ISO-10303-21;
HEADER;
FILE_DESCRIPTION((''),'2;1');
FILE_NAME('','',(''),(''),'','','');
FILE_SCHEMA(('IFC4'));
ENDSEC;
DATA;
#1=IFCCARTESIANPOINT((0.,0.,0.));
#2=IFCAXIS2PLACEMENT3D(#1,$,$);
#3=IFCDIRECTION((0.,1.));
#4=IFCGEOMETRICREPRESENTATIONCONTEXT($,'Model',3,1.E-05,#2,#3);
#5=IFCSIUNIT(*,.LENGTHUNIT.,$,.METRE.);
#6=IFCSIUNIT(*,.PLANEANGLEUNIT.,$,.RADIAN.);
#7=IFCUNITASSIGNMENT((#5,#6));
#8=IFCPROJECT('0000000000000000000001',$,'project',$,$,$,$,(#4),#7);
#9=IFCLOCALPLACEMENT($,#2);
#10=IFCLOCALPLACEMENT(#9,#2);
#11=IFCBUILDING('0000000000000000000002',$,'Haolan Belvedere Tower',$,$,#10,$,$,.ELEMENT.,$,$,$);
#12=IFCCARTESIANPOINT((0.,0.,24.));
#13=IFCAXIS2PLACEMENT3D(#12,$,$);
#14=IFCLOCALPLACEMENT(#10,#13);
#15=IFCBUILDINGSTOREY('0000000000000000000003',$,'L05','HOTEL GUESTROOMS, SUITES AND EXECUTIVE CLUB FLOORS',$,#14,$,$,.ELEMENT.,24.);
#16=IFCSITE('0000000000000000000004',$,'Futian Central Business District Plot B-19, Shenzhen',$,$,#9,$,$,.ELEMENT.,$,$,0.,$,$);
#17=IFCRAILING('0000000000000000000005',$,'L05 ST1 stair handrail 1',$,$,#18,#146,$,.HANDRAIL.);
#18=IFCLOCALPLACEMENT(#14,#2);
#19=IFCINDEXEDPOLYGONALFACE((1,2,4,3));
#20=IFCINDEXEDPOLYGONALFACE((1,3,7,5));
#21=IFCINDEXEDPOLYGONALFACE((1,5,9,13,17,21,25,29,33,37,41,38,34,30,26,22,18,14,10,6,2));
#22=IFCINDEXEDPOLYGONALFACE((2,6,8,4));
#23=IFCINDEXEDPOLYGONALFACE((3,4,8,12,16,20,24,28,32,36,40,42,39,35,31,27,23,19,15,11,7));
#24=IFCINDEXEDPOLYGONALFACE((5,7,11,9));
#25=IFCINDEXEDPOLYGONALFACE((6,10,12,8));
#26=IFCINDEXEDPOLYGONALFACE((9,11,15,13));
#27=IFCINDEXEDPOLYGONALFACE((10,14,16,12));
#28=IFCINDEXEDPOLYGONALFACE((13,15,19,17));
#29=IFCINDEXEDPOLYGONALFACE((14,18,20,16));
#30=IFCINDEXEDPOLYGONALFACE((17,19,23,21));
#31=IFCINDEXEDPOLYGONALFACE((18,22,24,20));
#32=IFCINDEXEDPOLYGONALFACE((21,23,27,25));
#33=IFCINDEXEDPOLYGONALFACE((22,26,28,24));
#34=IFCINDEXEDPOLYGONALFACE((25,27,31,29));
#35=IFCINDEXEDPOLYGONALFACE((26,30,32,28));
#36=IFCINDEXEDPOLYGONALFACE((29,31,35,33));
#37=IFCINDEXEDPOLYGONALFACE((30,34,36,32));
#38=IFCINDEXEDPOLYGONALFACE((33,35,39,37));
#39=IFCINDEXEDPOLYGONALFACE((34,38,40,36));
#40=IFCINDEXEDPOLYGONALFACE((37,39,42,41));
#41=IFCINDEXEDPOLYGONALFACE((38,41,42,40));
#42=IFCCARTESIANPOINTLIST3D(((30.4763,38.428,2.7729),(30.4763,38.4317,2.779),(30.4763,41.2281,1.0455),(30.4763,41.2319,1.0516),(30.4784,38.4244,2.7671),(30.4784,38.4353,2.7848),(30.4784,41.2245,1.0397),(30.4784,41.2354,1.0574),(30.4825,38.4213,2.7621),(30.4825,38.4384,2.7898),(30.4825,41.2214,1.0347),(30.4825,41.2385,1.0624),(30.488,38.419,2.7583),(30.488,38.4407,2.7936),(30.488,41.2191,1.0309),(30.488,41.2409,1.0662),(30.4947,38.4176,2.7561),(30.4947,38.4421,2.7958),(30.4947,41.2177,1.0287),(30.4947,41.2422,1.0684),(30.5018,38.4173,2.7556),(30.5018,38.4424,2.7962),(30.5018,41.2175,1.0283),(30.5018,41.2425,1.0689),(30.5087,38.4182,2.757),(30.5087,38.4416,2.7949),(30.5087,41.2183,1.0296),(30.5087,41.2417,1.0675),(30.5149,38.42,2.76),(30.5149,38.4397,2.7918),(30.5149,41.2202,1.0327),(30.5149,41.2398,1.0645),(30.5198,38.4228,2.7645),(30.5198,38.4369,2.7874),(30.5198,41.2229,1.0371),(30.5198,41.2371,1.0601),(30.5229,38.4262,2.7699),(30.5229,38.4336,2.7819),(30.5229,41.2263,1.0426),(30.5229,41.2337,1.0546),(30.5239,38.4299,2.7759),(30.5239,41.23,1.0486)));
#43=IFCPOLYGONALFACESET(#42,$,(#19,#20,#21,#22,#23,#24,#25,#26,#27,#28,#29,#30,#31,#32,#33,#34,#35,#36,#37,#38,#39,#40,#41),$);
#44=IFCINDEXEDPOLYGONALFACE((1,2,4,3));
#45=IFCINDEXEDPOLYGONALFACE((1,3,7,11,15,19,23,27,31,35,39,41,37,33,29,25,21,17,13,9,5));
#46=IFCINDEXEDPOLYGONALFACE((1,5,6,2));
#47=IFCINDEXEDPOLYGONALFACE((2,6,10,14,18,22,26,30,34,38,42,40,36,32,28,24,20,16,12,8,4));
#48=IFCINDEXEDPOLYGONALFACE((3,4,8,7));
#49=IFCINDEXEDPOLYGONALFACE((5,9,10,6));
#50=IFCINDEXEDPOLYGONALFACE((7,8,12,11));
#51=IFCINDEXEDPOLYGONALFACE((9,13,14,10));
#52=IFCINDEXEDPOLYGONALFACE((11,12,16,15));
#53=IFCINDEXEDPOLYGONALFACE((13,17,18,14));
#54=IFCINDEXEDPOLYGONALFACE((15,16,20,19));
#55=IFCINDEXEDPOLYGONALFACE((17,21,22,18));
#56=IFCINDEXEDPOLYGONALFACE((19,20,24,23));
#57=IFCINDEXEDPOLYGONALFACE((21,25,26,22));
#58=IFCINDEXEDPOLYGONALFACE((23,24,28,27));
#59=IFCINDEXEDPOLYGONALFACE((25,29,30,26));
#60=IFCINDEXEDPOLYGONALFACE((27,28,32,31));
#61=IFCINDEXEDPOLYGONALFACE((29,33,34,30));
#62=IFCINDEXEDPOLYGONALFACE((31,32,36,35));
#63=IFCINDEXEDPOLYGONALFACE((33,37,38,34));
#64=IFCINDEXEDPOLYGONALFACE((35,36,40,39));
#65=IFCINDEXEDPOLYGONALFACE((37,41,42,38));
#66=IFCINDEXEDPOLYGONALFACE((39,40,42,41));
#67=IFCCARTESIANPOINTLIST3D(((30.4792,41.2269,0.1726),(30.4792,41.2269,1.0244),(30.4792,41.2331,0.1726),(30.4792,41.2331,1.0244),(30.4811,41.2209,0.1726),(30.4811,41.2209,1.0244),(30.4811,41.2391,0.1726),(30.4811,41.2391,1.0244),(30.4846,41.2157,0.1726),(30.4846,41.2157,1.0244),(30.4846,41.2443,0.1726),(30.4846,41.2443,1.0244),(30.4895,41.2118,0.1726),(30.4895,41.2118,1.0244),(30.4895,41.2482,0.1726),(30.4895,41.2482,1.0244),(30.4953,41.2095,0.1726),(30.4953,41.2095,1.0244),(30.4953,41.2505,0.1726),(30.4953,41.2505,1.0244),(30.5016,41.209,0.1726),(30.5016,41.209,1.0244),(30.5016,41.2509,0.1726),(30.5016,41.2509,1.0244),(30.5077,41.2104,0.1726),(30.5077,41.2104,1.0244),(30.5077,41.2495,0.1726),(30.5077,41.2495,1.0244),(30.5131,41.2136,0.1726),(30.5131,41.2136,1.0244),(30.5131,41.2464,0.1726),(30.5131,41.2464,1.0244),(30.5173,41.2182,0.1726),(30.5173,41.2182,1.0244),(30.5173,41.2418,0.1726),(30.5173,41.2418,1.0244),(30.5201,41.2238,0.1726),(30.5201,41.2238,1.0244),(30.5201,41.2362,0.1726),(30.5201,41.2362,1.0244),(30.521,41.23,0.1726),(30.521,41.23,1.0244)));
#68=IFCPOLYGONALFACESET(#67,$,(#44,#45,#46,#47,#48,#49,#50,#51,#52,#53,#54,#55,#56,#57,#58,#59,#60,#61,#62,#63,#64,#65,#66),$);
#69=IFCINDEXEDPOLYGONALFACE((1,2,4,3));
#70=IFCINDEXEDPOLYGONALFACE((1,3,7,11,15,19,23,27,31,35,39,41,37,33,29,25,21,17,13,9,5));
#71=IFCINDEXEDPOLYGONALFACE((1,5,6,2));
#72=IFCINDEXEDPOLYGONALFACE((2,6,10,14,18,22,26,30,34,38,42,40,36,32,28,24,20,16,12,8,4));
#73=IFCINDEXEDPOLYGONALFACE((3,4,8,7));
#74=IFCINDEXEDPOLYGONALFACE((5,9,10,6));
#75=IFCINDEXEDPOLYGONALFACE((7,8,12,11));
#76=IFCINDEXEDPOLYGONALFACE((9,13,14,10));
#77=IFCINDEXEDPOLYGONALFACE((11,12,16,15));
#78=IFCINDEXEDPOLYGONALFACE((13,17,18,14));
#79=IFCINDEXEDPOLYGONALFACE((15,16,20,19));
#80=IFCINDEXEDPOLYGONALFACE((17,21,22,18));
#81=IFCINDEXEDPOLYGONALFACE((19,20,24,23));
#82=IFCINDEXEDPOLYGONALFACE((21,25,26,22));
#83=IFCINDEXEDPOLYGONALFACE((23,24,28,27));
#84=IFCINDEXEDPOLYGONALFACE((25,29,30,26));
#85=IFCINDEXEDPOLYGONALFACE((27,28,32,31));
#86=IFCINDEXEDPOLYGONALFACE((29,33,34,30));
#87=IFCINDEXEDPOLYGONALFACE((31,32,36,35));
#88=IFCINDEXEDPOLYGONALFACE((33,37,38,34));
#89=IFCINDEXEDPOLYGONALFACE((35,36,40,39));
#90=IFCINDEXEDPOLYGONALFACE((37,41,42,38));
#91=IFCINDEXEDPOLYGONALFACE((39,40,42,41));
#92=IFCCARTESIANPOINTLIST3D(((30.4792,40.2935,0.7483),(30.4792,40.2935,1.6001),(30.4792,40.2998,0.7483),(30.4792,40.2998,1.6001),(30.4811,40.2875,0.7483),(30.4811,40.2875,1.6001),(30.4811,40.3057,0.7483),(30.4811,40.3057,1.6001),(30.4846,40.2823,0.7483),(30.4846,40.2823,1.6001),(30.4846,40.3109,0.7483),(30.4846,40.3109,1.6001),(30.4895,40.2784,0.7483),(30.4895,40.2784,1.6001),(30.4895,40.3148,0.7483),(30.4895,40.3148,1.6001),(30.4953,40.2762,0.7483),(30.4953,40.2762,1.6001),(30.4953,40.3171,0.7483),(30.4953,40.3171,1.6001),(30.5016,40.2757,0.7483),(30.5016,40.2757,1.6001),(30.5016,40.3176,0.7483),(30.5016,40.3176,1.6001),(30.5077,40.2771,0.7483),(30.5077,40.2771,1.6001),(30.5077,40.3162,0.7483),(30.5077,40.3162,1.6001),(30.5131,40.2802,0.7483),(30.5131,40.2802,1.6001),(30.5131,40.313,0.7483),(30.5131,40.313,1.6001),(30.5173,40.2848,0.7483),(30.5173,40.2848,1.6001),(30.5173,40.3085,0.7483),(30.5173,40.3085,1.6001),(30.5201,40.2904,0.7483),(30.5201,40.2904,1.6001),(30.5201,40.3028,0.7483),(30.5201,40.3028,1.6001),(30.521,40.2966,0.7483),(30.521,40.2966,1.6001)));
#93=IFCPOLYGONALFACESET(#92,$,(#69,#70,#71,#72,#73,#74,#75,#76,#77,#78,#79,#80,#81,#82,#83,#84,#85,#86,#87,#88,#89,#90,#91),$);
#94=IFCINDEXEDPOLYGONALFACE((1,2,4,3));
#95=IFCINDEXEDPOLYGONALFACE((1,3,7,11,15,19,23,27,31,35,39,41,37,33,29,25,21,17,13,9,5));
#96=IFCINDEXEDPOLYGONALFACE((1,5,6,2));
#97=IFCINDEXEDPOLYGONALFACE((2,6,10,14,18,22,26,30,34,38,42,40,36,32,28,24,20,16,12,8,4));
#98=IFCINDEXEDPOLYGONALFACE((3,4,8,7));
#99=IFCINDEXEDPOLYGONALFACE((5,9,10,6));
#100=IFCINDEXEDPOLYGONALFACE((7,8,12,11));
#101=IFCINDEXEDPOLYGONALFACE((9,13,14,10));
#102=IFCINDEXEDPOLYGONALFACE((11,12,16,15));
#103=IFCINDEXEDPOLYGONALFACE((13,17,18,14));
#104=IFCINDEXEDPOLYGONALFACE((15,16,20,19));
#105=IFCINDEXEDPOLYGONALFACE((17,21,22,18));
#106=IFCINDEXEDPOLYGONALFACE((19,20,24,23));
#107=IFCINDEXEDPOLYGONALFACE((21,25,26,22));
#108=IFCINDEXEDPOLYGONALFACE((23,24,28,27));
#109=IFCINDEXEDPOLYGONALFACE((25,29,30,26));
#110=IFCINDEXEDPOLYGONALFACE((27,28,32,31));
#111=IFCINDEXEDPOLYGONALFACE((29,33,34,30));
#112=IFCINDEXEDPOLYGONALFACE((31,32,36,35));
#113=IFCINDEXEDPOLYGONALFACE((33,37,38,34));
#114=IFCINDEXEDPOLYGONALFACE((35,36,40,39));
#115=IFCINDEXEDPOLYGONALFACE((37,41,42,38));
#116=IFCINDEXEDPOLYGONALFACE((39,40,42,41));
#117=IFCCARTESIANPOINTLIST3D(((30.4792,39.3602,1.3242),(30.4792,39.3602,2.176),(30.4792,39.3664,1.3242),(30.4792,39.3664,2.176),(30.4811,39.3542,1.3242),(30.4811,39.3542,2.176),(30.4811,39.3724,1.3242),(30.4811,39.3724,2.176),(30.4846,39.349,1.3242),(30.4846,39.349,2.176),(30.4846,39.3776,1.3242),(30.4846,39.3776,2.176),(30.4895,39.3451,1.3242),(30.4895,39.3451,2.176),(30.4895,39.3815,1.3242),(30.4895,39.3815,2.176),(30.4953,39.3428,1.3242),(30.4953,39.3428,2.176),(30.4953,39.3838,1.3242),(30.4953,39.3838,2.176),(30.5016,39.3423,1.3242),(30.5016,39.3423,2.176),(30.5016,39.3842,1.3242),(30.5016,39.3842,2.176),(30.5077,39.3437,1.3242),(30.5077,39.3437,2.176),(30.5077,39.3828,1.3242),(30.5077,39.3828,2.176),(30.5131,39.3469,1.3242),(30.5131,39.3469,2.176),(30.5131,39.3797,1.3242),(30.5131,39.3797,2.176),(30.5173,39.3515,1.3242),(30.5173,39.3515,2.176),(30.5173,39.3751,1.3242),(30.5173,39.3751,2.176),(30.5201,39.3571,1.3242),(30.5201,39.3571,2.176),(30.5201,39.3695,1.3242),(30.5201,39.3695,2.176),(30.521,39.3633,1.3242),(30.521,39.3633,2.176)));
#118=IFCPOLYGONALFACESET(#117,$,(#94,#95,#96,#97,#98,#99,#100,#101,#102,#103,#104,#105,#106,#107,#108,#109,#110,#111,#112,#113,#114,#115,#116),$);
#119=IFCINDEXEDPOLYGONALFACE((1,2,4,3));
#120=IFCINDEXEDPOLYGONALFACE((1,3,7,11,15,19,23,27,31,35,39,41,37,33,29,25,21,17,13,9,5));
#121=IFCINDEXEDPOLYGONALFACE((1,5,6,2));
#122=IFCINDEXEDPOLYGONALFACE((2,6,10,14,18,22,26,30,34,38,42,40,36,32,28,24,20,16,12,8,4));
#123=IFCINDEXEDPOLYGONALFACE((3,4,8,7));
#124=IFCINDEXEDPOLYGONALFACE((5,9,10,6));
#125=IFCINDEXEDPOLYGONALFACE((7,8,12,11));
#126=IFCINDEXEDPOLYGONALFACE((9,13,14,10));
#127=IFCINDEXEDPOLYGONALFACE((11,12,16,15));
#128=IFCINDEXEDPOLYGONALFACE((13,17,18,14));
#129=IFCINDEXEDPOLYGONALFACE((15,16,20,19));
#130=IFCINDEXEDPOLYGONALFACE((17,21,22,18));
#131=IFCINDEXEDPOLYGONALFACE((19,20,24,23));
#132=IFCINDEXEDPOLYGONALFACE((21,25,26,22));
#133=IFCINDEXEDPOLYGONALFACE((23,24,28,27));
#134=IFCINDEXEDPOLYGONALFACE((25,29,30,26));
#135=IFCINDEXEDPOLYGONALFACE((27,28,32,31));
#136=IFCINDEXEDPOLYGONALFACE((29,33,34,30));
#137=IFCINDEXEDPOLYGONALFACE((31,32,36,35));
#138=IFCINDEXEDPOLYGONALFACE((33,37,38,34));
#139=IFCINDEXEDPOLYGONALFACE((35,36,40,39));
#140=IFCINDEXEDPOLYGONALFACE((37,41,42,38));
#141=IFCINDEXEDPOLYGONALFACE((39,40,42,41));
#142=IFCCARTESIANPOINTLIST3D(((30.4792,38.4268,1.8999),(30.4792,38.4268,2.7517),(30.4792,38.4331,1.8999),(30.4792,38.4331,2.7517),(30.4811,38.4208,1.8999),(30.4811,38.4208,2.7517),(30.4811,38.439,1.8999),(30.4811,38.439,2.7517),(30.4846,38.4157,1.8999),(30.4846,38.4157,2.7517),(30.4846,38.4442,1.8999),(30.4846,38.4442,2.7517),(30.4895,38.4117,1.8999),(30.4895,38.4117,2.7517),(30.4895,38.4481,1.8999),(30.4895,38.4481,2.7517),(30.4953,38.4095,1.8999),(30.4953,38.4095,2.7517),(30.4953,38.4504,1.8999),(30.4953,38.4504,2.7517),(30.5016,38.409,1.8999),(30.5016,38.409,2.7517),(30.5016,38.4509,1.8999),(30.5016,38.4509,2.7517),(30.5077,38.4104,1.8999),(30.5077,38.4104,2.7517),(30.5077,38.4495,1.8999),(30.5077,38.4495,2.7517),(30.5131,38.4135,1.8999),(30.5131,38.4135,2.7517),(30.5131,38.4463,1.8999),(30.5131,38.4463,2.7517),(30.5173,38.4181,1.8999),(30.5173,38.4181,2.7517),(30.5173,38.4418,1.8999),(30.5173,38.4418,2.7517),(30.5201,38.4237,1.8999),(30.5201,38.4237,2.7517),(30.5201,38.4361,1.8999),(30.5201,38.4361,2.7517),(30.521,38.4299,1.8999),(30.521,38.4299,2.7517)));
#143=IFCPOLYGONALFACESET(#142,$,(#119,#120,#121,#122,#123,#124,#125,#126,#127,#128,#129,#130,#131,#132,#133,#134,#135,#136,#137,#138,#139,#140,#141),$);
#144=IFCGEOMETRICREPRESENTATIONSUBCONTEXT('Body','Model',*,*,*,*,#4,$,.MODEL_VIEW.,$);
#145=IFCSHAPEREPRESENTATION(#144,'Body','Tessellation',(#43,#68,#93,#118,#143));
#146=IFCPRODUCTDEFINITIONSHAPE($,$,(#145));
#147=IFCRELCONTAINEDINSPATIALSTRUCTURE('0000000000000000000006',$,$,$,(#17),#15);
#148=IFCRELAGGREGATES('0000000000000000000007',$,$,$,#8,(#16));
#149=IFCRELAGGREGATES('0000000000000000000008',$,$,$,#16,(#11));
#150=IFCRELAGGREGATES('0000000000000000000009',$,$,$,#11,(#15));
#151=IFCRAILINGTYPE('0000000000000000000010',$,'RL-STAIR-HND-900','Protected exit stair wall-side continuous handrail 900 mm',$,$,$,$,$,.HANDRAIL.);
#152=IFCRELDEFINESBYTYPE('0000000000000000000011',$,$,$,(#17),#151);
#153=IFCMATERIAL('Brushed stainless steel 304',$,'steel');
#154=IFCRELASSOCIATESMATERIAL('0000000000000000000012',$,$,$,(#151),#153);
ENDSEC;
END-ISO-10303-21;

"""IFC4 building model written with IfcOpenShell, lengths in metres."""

from ifc_helpers import new_model, si_unit, direction, frame, origin, origin_2d, place, context, subcontext, project, spatial, circle, extrude, material, type_object, element, save


model = new_model("IFC4")

# Units and contexts
model_context = context("Model", 3, precision=1e-05, world=origin(), true_north=direction((0.0, 1.0)))
body_context = subcontext(model_context, "Body", "Model", "MODEL_VIEW")
ifc_project = project(units=[si_unit("LENGTHUNIT", "METRE"), si_unit("PLANEANGLEUNIT", "RADIAN")], contexts=[model_context])

# Site, building, storey
site_placement = place(None, origin())
site = spatial("IfcSite", under=ifc_project, at=site_placement, Name="Futian Central Business District Plot B-19, Shenzhen", CompositionType="ELEMENT", RefElevation=0.0)
building_placement = place(site_placement, origin())
building = spatial("IfcBuilding", under=site, at=building_placement, Name="Haolan Belvedere Tower", CompositionType="ELEMENT")
storey_placement = place(building_placement, frame((0.0, 0.0, 24.0)))
storey = spatial("IfcBuildingStorey", under=building, at=storey_placement, Name="L05", Description="HOTEL GUESTROOMS, SUITES AND EXECUTIVE CLUB FLOORS", CompositionType="ELEMENT", Elevation=24.0)

# Railing
ifc_material_1 = material(Name="Brushed stainless steel 304", Category="steel")
railing_type_1 = type_object("IfcRailingType", Name="RL-STAIR-HND-900", Description="Protected exit stair wall-side continuous handrail 900 mm", PredefinedType="HANDRAIL", material=ifc_material_1)
railing_1_placement = place(storey_placement, frame((30.5, 41.23, 0.1726)))
element("IfcRailing", 1, at=railing_1_placement, inside=storey, type_object=railing_type_1, Name="L05 ST1 stair handrail 1", PredefinedType="HANDRAIL", context=body_context, shape_type="SweptSolid", body=[
    extrude(circle(Radius=0.0239, at=origin_2d()), frame((0.0, 0.0, 0.876), z_axis=(0.0, -0.85109, 0.52502), x_axis=(1.0, 0.0, 0.0)), (0.0, 0.0, 1.0), 3.29),
    extrude(circle(Radius=0.021, at=origin_2d()), origin(), (0.0, 0.0, 1.0), 0.8518),
    extrude(circle(Radius=0.021, at=origin_2d()), frame((0.0, -0.9333, 0.5757)), (0.0, 0.0, 1.0), 0.8518),
    extrude(circle(Radius=0.021, at=origin_2d()), frame((0.0, -1.8667, 1.1516)), (0.0, 0.0, 1.0), 0.8518),
    extrude(circle(Radius=0.021, at=origin_2d()), frame((0.0, -2.8, 1.7273)), (0.0, 0.0, 1.0), 0.8518),
])

save(model, "model.ifc")
